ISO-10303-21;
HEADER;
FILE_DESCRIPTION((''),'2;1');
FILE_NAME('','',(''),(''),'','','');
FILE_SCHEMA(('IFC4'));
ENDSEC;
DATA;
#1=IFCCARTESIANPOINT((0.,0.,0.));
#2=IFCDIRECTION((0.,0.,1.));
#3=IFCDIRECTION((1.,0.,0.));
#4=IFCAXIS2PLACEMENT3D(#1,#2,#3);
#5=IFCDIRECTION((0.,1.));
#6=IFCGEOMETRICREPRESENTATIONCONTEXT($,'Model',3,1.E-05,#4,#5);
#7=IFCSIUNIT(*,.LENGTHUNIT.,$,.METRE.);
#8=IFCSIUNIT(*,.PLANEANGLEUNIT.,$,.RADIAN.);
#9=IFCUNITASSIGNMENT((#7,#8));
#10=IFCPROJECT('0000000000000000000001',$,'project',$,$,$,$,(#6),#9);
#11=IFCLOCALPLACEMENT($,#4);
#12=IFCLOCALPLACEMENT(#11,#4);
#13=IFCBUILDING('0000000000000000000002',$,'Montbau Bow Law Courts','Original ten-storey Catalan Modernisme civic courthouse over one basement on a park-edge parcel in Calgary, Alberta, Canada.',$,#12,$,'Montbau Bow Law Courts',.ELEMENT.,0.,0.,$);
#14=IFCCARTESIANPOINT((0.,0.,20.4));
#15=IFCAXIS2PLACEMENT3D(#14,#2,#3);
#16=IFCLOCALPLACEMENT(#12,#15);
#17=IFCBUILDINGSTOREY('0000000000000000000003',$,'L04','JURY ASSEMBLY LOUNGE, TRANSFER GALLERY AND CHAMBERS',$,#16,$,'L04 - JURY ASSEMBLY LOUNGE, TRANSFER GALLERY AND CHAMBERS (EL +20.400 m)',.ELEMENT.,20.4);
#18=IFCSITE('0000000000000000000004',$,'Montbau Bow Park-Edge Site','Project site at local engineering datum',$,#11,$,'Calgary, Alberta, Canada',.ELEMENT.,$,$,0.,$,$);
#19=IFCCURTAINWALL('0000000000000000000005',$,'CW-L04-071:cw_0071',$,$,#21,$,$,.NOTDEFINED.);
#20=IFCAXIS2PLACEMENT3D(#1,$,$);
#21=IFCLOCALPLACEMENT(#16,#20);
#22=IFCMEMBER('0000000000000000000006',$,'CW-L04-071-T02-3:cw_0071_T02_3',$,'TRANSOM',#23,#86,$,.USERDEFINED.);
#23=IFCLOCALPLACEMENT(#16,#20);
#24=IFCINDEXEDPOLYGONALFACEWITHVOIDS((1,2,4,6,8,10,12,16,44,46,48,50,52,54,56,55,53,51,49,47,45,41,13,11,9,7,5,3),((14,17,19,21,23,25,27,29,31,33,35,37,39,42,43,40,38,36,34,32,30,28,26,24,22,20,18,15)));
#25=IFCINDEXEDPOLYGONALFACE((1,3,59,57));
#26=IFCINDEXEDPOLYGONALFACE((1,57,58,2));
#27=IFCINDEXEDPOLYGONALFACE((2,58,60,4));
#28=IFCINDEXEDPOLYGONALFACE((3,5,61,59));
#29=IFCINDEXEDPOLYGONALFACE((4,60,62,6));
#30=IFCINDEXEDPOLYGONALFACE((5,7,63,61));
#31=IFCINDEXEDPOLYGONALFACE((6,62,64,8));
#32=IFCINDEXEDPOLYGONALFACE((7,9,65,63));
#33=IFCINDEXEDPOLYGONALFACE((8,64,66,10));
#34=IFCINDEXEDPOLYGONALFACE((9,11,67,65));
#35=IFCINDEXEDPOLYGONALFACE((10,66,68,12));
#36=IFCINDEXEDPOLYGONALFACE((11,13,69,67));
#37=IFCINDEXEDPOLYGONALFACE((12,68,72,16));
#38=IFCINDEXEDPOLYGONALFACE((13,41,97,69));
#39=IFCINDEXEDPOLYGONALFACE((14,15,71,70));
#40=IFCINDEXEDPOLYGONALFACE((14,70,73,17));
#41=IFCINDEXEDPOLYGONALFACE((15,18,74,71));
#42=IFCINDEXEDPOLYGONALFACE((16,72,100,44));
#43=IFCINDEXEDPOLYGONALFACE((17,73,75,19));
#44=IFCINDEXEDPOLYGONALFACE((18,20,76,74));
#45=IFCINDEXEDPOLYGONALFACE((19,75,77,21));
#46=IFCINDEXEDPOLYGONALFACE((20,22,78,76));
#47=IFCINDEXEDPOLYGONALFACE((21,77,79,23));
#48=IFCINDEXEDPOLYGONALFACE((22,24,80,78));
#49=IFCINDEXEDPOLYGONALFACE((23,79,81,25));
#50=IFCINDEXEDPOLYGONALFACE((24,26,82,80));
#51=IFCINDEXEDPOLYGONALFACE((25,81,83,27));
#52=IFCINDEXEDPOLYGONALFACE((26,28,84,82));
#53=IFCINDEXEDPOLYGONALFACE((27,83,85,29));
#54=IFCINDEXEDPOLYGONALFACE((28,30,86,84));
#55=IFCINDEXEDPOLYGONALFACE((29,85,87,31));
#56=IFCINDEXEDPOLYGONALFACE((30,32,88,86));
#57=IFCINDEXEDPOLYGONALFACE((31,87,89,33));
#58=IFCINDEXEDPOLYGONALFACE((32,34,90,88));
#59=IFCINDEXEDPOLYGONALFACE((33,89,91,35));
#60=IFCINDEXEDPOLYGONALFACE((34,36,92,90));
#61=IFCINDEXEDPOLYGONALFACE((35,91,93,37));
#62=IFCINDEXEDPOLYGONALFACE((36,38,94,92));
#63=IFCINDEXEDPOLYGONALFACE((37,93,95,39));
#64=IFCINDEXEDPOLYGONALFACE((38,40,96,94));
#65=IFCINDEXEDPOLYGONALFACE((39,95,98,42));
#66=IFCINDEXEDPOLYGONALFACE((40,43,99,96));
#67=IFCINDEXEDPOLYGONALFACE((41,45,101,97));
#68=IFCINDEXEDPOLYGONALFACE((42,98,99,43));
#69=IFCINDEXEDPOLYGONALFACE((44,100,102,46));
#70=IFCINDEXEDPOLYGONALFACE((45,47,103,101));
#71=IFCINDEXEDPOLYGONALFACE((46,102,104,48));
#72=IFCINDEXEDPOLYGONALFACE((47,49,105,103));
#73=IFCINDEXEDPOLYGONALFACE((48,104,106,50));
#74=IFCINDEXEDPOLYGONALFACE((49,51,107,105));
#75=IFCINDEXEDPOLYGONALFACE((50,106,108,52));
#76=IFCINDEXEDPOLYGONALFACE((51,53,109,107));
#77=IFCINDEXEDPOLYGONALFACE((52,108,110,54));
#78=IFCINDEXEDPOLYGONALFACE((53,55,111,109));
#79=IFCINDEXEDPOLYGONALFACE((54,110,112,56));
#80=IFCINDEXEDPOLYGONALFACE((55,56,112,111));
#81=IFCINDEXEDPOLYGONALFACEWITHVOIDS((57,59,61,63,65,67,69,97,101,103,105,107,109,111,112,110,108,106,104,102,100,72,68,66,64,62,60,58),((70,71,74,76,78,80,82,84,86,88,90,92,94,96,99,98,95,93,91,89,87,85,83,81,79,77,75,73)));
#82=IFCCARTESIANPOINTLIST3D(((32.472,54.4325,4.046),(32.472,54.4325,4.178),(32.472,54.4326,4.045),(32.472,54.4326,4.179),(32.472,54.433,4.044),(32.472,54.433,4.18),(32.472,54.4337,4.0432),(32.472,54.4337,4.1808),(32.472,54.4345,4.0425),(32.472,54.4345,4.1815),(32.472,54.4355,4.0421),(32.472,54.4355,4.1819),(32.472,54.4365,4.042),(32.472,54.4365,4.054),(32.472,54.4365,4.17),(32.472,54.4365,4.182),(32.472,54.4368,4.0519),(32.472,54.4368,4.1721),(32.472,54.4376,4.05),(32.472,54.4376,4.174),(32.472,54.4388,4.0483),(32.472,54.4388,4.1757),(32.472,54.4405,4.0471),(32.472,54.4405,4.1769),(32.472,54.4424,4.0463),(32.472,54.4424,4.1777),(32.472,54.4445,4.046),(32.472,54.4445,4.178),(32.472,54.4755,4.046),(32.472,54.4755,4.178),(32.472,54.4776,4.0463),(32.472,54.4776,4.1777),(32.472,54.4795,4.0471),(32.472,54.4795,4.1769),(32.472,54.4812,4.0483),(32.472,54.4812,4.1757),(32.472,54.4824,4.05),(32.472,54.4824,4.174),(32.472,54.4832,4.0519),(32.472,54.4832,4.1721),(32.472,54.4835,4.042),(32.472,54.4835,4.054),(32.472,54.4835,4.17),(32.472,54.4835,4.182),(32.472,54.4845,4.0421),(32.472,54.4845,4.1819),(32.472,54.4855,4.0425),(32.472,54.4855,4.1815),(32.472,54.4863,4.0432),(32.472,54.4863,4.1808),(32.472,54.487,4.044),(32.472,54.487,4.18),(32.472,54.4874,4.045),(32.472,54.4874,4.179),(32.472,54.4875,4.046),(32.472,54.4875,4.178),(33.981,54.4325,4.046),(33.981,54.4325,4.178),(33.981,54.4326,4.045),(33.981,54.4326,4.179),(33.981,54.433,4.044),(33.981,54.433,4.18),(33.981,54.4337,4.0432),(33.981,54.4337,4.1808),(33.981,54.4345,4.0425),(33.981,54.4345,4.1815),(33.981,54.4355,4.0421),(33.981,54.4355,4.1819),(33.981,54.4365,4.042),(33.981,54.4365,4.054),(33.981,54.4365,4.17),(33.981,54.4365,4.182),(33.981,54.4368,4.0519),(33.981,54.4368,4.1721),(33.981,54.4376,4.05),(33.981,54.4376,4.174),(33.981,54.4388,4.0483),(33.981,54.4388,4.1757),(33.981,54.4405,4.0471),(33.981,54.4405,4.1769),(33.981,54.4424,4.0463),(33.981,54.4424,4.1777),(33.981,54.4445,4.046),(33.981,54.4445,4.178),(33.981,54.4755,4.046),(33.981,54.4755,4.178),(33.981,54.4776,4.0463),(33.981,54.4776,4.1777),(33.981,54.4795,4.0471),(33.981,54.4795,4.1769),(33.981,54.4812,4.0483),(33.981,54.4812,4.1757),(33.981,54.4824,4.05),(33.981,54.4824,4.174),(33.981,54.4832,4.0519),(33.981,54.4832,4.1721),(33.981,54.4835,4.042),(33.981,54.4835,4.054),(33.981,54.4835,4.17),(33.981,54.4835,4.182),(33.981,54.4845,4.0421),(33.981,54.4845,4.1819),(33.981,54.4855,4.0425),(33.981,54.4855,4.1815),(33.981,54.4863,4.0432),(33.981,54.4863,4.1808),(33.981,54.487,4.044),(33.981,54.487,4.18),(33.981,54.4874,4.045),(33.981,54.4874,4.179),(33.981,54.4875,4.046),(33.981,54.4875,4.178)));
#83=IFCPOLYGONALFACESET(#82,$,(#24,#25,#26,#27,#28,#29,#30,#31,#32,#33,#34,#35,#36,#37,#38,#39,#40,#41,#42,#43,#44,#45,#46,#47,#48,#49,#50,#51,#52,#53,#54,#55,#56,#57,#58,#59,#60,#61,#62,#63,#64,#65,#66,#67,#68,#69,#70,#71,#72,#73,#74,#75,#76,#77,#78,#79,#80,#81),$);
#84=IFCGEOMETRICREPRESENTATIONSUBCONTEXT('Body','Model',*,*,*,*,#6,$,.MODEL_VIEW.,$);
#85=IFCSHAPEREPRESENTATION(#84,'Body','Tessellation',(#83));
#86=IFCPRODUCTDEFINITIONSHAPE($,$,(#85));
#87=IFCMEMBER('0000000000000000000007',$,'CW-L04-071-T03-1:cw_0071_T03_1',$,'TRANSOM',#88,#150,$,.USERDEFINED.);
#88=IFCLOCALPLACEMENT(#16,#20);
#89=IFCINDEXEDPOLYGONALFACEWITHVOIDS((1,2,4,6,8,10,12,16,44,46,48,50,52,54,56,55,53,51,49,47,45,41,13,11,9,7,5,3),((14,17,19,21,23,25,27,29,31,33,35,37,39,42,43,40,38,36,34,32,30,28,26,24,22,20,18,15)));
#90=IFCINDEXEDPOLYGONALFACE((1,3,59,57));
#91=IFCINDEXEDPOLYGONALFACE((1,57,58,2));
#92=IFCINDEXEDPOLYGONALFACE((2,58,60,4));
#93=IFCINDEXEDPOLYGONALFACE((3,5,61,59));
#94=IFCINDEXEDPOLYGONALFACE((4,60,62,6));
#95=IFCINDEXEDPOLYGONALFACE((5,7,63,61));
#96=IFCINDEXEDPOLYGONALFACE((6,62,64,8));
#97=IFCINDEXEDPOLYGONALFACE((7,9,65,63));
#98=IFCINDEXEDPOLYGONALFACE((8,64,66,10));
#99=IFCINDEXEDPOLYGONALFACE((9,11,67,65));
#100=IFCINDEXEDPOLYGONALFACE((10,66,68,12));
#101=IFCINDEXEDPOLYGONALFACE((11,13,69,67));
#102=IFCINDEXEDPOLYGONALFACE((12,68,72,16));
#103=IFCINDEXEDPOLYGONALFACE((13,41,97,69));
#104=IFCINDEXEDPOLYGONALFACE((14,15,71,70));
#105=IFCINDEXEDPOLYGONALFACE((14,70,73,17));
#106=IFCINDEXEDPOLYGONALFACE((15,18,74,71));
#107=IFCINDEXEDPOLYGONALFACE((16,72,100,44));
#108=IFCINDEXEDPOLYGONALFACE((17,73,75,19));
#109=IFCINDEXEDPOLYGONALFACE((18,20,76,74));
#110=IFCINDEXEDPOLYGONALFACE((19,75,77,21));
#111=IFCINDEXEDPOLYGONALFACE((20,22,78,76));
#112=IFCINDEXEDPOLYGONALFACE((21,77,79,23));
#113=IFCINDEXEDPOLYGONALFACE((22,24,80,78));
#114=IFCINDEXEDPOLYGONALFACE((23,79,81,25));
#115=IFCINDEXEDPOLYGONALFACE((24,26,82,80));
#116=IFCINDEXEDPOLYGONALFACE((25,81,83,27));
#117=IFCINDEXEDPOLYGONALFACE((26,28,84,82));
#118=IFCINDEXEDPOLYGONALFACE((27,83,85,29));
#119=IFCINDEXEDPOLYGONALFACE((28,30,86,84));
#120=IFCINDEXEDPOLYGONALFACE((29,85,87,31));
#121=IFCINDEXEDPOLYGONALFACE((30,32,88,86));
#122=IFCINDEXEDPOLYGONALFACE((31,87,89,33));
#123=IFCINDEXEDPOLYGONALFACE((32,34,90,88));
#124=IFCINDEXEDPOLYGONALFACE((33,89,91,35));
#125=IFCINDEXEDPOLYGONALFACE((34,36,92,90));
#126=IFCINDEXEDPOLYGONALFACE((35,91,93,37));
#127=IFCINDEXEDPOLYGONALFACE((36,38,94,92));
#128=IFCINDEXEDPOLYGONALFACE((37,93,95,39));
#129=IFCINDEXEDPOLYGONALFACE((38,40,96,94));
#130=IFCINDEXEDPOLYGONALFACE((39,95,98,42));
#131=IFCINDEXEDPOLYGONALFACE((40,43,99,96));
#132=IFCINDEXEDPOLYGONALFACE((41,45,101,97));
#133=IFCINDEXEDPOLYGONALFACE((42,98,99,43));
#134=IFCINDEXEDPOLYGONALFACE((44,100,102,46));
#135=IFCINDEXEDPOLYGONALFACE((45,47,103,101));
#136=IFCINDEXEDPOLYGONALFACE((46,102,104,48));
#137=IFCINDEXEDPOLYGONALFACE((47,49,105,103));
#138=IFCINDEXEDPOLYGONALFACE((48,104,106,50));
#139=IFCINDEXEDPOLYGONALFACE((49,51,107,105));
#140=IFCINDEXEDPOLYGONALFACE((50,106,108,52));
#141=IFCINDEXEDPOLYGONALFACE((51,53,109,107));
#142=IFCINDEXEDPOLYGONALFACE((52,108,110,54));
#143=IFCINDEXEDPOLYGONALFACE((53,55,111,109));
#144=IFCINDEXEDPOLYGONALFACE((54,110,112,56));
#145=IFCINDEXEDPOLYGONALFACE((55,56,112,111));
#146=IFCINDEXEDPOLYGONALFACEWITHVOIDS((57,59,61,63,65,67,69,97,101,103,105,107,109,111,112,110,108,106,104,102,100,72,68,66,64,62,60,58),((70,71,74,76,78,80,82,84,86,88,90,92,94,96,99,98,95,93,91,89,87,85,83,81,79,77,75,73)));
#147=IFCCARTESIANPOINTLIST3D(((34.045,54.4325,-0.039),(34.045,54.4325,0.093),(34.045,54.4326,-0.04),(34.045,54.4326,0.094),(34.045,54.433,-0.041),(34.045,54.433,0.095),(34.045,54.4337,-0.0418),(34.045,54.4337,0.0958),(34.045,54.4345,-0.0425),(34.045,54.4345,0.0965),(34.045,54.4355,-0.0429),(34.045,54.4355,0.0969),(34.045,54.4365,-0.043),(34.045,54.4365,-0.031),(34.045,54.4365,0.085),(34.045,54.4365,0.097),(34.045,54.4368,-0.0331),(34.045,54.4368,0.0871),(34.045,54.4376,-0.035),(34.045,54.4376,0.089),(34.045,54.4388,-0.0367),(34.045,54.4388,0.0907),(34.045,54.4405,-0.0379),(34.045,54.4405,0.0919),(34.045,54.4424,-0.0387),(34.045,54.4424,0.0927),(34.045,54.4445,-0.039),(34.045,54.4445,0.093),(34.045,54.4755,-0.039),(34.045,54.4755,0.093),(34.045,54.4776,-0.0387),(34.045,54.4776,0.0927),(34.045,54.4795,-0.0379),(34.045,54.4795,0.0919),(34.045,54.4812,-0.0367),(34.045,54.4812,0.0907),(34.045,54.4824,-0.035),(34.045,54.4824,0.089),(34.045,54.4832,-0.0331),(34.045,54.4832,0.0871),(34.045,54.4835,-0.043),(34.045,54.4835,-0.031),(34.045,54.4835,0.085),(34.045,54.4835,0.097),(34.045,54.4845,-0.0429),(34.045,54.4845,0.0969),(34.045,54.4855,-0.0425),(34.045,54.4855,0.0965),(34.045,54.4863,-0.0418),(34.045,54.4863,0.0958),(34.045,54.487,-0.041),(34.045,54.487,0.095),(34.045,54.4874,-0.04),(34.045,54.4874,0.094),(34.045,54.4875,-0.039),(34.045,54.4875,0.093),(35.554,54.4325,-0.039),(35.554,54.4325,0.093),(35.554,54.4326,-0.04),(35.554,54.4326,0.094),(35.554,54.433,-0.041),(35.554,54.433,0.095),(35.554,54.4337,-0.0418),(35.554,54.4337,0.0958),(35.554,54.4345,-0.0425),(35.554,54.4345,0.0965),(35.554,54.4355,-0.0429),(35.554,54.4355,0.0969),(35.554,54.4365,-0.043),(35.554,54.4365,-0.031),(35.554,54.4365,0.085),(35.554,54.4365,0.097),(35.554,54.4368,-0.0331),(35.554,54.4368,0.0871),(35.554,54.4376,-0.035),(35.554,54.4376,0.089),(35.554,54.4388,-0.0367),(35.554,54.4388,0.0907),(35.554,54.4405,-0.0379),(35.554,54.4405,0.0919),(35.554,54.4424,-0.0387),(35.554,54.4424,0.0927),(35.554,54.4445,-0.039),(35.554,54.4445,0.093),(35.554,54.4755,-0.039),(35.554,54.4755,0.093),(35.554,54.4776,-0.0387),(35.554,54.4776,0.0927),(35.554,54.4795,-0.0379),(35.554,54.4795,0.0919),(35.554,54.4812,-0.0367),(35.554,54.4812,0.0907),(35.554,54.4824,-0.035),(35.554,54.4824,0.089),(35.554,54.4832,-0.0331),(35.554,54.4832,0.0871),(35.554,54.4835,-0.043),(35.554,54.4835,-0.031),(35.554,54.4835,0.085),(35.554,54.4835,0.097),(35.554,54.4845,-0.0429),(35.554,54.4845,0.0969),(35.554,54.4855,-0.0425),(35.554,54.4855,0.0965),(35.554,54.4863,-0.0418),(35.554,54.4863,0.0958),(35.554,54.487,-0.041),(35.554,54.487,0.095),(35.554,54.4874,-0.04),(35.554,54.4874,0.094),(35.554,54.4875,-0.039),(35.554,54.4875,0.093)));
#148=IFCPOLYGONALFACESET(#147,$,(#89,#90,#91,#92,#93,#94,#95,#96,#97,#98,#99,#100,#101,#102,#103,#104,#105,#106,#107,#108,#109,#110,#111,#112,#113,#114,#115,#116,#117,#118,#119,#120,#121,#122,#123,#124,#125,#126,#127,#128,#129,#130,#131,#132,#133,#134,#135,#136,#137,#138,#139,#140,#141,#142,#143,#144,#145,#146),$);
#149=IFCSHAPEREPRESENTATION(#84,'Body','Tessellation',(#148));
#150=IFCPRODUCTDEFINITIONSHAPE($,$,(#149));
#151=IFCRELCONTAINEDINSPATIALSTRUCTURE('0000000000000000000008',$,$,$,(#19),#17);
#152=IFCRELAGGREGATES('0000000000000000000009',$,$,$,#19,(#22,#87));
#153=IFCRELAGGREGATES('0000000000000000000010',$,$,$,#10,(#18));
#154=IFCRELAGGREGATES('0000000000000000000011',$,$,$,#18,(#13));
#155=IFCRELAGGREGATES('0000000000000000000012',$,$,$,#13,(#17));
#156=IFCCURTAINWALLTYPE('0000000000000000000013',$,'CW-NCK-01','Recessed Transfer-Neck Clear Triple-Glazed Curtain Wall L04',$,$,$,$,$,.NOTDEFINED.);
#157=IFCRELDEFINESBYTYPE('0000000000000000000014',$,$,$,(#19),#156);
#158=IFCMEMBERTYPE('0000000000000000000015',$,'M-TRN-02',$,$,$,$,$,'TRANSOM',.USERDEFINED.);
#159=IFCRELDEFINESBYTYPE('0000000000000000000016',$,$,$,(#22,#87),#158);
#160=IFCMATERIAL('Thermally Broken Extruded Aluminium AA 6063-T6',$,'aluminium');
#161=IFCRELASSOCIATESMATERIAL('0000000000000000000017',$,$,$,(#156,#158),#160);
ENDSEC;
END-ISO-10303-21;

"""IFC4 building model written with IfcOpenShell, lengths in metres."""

from ifc_helpers import new_model, si_unit, direction, frame, origin_with_axes, origin_2d_with_axis, place, context, subcontext, project, spatial, hollow_rectangle, extrude, material, material_profile, profile_set, type_object, element, aggregate, save


model = new_model("IFC4")

# Units and contexts
model_context = context("Model", 3, precision=1e-05, world=origin_with_axes(), true_north=direction((0.0, 1.0)))
body_context = subcontext(model_context, "Body", "Model", "MODEL_VIEW")
ifc_project = project(units=[si_unit("LENGTHUNIT", "METRE"), si_unit("PLANEANGLEUNIT", "RADIAN")], contexts=[model_context])

# Site, building, storey
site_placement = place(None, origin_with_axes())
site = spatial("IfcSite", under=ifc_project, at=site_placement, Name="Montbau Bow Park-Edge Site", Description="Project site at local engineering datum", LongName="Calgary, Alberta, Canada", CompositionType="ELEMENT", RefElevation=0.0)
building_placement = place(site_placement, origin_with_axes())
building = spatial("IfcBuilding", under=site, at=building_placement, Name="Montbau Bow Law Courts", Description="Original ten-storey Catalan Modernisme civic courthouse over one basement on a park-edge parcel in Calgary, Alberta, Canada.", LongName="Montbau Bow Law Courts", CompositionType="ELEMENT", ElevationOfRefHeight=0.0, ElevationOfTerrain=0.0)
storey_placement = place(building_placement, frame((0.0, 0.0, 20.4), z_axis=(0.0, 0.0, 1.0), x_axis=(1.0, 0.0, 0.0)))
storey = spatial("IfcBuildingStorey", under=building, at=storey_placement, Name="L04", Description="JURY ASSEMBLY LOUNGE, TRANSFER GALLERY AND CHAMBERS", LongName="L04 - JURY ASSEMBLY LOUNGE, TRANSFER GALLERY AND CHAMBERS (EL +20.400 m)", CompositionType="ELEMENT", Elevation=20.4)

# Curtain wall, members
ifc_material_1 = material(Name="Thermally Broken Extruded Aluminium AA 6063-T6", Category="aluminium")
curtain_wall_type = type_object("IfcCurtainWallType", Name="CW-NCK-01", Description="Recessed Transfer-Neck Clear Triple-Glazed Curtain Wall L04", PredefinedType="NOTDEFINED", material=ifc_material_1)
curtain_wall_placement = place(None, frame((30.867, 54.46, 20.4), z_axis=(0.0, 0.0, 1.0), x_axis=(1.0, 0.0, 0.0)))
curtain_wall = element("IfcCurtainWall", 1, at=curtain_wall_placement, inside=storey, type_object=curtain_wall_type, Name="CW-L04-071:cw_0071", PredefinedType="NOTDEFINED")
ifc_material_profile_1 = material_profile(ifc_material_1, hollow_rectangle(XDim=0.055, YDim=0.14, WallThickness=0.004, InnerFilletRadius=0.008, OuterFilletRadius=0.004, at=origin_2d_with_axis()), Name="CWT-140X55", Category="Main", Priority=0)
ifc_profile_set_1 = profile_set([ifc_material_profile_1], Name="Thermally Broken Extruded Aluminium AA 6063-T6")
member_type_1 = type_object("IfcMemberType", Name="M-TRN-02", ElementType="TRANSOM", PredefinedType="USERDEFINED", material=ifc_profile_set_1)
member_1_placement = place(None, frame((32.472, 54.46, 24.512), z_axis=(1.0, 0.0, 0.0), x_axis=(0.0, 1.0, 0.0)))
member_1 = element("IfcMember", 2, at=member_1_placement, type_object=member_type_1, Name="CW-L04-071-T02-3:cw_0071_T02_3", ObjectType="TRANSOM", PredefinedType="USERDEFINED", context=body_context, shape_type="SweptSolid", body=[
    extrude(hollow_rectangle(XDim=0.055, YDim=0.14, WallThickness=0.004, InnerFilletRadius=0.008, OuterFilletRadius=0.004, at=origin_2d_with_axis()), origin_with_axes(), (0.0, 0.0, 1.0), 1.509),
])
member_2_placement = place(None, frame((34.045, 54.46, 20.427), z_axis=(1.0, 0.0, 0.0), x_axis=(0.0, 1.0, 0.0)))
member_2 = element("IfcMember", 3, at=member_2_placement, type_object=member_type_1, Name="CW-L04-071-T03-1:cw_0071_T03_1", ObjectType="TRANSOM", PredefinedType="USERDEFINED", context=body_context, shape_type="SweptSolid", body=[
    extrude(hollow_rectangle(XDim=0.055, YDim=0.14, WallThickness=0.004, InnerFilletRadius=0.008, OuterFilletRadius=0.004, at=origin_2d_with_axis()), origin_with_axes(), (0.0, 0.0, 1.0), 1.509),
])
aggregate(curtain_wall, [member_1, member_2])

save(model, "model.ifc")
